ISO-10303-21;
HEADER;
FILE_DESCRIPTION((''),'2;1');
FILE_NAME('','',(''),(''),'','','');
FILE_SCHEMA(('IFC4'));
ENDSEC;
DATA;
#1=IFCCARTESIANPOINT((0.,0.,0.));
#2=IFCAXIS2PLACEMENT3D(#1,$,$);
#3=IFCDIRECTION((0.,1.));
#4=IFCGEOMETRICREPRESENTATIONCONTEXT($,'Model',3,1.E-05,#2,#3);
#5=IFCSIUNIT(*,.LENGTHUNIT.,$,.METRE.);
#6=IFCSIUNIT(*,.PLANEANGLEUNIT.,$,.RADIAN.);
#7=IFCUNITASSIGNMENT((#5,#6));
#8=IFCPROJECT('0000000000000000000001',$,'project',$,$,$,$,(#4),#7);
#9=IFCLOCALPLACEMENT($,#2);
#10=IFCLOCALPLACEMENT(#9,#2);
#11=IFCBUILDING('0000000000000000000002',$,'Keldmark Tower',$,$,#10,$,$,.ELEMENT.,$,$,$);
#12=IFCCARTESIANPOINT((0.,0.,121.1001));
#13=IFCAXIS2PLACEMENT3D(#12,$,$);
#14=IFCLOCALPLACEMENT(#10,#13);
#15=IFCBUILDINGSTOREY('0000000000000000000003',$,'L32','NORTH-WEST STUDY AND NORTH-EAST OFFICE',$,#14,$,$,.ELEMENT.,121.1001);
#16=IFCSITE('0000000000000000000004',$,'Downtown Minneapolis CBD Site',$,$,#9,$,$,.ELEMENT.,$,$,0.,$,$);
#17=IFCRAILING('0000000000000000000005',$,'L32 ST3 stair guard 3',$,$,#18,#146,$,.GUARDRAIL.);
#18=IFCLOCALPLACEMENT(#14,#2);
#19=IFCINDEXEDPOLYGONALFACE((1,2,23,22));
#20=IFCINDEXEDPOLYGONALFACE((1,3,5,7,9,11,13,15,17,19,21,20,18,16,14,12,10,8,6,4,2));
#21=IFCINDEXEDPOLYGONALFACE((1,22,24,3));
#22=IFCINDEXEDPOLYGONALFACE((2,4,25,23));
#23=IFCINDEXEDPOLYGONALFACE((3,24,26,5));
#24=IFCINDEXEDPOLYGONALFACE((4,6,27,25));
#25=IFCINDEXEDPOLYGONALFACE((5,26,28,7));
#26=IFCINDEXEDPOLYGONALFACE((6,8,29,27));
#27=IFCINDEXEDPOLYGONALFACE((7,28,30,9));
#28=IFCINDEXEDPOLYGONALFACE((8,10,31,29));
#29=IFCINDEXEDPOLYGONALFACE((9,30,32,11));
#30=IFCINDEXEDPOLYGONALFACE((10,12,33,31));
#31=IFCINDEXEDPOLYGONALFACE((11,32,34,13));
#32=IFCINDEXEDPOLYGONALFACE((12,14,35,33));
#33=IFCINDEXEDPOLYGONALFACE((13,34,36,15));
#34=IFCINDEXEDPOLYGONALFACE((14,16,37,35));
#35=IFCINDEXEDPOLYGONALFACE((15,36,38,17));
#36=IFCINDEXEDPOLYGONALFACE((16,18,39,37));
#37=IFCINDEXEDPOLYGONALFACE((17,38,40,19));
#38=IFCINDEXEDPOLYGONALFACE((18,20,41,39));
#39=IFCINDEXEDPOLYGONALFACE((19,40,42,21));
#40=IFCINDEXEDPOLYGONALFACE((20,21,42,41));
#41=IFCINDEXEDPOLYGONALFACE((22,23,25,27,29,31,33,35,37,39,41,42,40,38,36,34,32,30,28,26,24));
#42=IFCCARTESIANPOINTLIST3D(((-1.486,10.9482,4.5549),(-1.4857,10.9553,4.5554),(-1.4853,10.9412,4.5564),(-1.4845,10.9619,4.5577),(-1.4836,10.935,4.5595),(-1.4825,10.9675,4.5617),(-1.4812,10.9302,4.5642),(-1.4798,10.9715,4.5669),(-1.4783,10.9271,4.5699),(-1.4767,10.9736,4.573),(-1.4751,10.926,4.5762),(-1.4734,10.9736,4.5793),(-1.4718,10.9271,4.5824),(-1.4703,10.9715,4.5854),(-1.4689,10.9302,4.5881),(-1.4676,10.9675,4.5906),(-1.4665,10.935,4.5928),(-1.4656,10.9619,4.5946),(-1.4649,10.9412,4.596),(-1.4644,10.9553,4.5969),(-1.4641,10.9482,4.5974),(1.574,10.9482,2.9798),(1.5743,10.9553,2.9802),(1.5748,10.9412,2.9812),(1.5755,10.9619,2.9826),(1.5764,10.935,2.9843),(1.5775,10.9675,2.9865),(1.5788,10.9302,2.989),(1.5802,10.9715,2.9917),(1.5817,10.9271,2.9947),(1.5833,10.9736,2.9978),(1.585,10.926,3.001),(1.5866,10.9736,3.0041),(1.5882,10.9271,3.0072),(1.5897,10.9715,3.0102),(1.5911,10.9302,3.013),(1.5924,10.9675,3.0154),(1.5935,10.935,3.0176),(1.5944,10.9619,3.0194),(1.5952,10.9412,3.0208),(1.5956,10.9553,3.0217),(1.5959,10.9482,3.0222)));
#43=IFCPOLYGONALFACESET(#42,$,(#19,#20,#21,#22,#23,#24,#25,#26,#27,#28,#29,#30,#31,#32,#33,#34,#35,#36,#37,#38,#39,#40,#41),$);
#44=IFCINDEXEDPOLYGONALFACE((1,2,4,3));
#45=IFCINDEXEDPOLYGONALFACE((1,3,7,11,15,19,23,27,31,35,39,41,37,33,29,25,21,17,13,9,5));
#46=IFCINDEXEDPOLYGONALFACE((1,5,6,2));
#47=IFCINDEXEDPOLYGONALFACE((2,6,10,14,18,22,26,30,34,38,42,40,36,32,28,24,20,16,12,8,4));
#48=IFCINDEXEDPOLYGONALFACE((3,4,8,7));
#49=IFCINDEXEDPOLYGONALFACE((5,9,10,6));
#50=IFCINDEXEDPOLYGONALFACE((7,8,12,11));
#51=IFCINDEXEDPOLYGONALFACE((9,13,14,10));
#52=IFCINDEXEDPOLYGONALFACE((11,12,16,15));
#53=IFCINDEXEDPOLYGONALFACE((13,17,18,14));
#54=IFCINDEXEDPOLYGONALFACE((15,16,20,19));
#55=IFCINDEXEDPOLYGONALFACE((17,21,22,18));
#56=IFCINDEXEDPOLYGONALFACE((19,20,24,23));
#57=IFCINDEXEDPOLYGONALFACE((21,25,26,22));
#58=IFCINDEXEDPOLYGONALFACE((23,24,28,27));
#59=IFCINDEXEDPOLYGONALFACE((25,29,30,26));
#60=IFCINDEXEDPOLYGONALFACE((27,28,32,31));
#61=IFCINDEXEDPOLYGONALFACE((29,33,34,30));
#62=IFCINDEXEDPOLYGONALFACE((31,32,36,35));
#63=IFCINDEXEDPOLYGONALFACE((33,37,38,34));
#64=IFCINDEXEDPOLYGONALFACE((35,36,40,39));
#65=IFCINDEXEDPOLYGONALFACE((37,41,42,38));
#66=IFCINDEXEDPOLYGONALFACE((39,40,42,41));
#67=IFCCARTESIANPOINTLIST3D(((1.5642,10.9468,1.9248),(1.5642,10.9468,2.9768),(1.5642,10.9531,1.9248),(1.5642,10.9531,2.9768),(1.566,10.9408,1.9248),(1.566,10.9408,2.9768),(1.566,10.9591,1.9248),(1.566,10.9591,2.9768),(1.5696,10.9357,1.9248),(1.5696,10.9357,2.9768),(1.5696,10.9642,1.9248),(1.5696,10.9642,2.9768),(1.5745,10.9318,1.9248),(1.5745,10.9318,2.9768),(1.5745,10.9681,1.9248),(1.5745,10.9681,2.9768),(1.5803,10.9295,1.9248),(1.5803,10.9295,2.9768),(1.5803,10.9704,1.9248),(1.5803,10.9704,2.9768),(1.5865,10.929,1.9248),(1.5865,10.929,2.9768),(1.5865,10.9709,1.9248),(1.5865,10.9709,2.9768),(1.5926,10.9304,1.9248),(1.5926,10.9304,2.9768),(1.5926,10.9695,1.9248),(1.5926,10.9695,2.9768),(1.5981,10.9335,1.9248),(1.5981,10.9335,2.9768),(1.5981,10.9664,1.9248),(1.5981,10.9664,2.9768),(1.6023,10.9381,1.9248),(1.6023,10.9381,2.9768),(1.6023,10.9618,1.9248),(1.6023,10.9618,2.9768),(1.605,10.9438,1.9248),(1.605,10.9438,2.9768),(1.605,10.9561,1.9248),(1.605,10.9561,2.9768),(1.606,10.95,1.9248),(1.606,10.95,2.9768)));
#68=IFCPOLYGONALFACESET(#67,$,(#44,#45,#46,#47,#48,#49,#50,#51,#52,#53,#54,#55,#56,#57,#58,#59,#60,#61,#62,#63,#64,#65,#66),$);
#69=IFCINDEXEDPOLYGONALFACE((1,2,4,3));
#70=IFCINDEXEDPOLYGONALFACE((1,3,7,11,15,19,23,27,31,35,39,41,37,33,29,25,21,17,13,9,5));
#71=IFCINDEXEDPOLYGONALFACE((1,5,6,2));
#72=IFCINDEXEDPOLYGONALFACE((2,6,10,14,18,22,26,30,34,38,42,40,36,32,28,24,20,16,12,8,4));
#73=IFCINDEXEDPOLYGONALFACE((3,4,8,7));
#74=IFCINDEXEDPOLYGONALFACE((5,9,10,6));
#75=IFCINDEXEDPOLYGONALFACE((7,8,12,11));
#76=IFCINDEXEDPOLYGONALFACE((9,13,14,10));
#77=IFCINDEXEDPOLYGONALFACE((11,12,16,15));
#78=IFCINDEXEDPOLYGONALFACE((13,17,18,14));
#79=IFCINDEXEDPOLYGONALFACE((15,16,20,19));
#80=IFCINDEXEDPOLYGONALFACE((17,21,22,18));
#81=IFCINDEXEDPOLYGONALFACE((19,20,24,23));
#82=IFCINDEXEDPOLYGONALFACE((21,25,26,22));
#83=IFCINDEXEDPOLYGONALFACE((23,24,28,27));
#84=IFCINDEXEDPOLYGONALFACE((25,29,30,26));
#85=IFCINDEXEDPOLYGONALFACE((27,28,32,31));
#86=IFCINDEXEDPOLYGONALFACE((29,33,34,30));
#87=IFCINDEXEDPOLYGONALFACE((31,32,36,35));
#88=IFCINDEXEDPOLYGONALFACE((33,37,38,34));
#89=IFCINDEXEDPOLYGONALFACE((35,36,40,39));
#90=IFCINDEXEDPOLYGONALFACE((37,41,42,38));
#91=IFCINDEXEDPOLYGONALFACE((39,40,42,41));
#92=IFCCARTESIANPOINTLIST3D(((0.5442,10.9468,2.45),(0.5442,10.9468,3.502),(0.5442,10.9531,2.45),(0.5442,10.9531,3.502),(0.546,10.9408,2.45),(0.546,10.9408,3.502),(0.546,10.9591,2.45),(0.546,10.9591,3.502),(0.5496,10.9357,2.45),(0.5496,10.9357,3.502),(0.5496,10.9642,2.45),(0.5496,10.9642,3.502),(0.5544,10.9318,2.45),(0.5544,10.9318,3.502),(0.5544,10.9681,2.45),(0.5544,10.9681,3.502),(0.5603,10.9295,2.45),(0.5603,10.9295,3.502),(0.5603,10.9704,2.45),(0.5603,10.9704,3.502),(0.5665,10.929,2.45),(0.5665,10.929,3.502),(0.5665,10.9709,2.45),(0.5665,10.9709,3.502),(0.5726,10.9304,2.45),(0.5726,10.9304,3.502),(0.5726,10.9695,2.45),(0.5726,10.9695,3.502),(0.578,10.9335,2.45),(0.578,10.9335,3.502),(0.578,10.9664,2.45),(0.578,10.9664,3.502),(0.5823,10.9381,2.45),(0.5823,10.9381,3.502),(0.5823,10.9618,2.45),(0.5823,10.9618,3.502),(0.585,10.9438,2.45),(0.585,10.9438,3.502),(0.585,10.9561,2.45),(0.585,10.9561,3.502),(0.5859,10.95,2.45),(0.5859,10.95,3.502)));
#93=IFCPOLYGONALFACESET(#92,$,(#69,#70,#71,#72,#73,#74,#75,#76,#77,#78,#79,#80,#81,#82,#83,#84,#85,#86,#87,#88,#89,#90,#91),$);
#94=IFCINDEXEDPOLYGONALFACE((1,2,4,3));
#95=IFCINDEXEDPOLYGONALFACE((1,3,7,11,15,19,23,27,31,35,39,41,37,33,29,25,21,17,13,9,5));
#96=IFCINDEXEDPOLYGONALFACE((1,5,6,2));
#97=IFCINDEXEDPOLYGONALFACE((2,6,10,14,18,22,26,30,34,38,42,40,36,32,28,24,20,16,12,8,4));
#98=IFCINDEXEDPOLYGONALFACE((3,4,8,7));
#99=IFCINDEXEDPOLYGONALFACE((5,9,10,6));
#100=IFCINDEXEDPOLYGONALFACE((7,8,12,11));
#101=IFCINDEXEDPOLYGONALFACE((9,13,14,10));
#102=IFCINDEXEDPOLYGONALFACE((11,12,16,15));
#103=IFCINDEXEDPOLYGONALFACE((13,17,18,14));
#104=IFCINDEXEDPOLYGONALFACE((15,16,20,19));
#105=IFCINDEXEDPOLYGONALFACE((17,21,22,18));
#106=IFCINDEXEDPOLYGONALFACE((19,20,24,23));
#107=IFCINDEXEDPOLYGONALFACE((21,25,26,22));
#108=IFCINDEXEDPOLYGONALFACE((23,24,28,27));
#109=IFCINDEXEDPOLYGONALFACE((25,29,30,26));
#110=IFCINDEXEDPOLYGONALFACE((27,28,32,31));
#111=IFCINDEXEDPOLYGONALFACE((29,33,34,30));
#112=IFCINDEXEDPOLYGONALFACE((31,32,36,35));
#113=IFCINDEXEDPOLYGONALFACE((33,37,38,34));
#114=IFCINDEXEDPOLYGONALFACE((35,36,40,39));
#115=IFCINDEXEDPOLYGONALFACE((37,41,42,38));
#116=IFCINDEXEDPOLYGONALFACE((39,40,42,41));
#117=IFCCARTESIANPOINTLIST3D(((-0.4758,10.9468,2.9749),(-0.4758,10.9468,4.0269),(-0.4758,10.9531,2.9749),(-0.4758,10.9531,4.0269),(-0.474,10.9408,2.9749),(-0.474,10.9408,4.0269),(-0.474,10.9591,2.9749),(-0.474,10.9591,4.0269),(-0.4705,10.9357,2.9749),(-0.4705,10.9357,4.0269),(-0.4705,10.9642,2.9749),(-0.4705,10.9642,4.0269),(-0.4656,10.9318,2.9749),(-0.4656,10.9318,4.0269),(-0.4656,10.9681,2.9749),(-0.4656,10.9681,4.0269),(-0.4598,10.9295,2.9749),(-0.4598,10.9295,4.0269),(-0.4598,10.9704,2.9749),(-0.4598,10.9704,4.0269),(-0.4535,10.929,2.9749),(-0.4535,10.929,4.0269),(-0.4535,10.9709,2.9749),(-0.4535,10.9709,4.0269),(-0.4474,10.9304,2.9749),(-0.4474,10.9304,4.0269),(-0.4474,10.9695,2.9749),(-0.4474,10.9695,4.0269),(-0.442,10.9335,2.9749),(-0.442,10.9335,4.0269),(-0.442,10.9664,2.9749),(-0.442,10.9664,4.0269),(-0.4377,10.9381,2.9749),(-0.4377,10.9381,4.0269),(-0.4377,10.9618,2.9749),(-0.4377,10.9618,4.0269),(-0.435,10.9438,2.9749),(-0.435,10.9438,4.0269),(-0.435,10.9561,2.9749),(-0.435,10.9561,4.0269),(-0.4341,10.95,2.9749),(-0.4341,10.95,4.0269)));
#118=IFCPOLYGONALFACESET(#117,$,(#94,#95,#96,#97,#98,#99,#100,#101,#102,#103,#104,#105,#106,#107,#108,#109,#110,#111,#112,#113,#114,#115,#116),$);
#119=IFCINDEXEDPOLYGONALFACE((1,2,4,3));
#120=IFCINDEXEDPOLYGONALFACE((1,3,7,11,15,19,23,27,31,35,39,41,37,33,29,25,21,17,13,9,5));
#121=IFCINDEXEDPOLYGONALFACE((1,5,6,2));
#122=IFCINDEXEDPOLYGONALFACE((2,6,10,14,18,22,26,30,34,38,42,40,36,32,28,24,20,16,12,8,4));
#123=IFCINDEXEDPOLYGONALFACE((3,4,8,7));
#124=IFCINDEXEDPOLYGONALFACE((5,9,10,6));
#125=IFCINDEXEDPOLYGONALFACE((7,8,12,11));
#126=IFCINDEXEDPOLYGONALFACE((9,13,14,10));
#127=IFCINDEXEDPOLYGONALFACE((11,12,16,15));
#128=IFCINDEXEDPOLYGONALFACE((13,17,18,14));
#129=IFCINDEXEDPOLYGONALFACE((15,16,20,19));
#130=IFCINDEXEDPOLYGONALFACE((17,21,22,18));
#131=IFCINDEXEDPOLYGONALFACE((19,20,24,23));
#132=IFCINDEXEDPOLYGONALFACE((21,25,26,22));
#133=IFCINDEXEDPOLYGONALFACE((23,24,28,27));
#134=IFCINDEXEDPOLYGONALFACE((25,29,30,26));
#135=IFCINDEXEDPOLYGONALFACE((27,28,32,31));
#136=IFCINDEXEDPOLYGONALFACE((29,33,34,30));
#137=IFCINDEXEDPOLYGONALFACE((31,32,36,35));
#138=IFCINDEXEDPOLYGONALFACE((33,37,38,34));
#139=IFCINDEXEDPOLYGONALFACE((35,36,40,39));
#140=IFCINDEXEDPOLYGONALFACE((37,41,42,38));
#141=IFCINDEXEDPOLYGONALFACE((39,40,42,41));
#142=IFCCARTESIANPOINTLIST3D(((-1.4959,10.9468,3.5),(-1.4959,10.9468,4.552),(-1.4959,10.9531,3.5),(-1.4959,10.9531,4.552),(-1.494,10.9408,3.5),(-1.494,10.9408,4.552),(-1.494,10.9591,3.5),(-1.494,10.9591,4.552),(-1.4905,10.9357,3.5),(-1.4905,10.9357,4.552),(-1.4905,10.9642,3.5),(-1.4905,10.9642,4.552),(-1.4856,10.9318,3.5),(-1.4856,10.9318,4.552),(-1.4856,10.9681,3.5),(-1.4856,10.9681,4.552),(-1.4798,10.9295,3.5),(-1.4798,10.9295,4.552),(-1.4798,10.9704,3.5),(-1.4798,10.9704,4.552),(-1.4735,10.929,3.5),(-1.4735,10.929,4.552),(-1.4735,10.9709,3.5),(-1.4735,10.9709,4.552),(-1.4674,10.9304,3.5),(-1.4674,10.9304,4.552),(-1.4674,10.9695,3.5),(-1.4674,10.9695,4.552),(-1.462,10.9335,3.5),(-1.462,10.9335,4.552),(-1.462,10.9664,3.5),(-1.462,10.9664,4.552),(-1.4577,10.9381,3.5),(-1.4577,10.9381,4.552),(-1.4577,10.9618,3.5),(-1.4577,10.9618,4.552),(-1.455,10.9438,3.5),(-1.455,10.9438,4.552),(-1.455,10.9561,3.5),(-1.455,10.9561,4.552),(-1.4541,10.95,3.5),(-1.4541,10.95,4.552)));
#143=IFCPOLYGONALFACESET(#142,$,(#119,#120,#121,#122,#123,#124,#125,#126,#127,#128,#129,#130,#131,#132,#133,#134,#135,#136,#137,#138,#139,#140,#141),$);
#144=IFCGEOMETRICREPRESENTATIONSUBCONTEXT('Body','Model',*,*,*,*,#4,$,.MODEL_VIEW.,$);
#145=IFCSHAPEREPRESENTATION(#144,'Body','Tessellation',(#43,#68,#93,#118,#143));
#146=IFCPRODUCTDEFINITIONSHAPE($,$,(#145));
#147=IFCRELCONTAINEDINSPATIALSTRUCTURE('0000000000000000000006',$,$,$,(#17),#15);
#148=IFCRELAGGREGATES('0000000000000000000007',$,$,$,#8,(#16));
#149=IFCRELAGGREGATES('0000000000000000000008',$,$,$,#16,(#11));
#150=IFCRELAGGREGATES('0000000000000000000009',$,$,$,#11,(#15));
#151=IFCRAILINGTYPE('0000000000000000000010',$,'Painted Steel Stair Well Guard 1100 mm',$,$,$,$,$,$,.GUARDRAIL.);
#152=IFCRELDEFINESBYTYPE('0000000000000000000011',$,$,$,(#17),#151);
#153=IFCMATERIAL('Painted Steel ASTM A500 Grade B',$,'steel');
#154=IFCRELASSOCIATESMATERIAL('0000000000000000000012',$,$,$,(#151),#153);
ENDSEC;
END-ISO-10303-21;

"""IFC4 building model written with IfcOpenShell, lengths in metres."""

from ifc_helpers import new_model, si_unit, direction, frame, origin, origin_2d, place, context, subcontext, project, spatial, circle, extrude, material, type_object, element, save


model = new_model("IFC4")

# Units and contexts
model_context = context("Model", 3, precision=1e-05, world=origin(), true_north=direction((0.0, 1.0)))
body_context = subcontext(model_context, "Body", "Model", "MODEL_VIEW")
ifc_project = project(units=[si_unit("LENGTHUNIT", "METRE"), si_unit("PLANEANGLEUNIT", "RADIAN")], contexts=[model_context])

# Site, building, storey
site_placement = place(None, origin())
site = spatial("IfcSite", under=ifc_project, at=site_placement, Name="Downtown Minneapolis CBD Site", CompositionType="ELEMENT", RefElevation=0.0)
building_placement = place(site_placement, origin())
building = spatial("IfcBuilding", under=site, at=building_placement, Name="Keldmark Tower", CompositionType="ELEMENT")
storey_placement = place(building_placement, frame((0.0, 0.0, 121.1001)))
storey = spatial("IfcBuildingStorey", under=building, at=storey_placement, Name="L32", Description="NORTH-WEST STUDY AND NORTH-EAST OFFICE", CompositionType="ELEMENT", Elevation=121.1001)

# Railing
ifc_material_1 = material(Name="Painted Steel ASTM A500 Grade B", Category="steel")
railing_type_1 = type_object("IfcRailingType", Name="Painted Steel Stair Well Guard 1100 mm", PredefinedType="GUARDRAIL", material=ifc_material_1)
railing_1_placement = place(storey_placement, frame((1.585, 10.95, 1.9248)))
element("IfcRailing", 1, at=railing_1_placement, inside=storey, type_object=railing_type_1, Name="L32 ST3 stair guard 3", PredefinedType="GUARDRAIL", context=body_context, shape_type="SweptSolid", body=[
    extrude(circle(Radius=0.0239, at=origin_2d()), frame((0.0, 0.0, 1.0762), z_axis=(-0.889116, 0.0, 0.457681), x_axis=(0.0, -1.0, 0.0)), (0.0, 0.0, 1.0), 3.4417),
    extrude(circle(Radius=0.021, at=origin_2d()), origin(), (0.0, 0.0, 1.0), 1.052),
    extrude(circle(Radius=0.021, at=origin_2d()), frame((-1.02, 0.0, 0.5251)), (0.0, 0.0, 1.0), 1.052),
    extrude(circle(Radius=0.021, at=origin_2d()), frame((-2.04, 0.0, 1.05)), (0.0, 0.0, 1.0), 1.052),
    extrude(circle(Radius=0.021, at=origin_2d()), frame((-3.0601, 0.0, 1.5752)), (0.0, 0.0, 1.0), 1.052),
])

save(model, "model.ifc")
